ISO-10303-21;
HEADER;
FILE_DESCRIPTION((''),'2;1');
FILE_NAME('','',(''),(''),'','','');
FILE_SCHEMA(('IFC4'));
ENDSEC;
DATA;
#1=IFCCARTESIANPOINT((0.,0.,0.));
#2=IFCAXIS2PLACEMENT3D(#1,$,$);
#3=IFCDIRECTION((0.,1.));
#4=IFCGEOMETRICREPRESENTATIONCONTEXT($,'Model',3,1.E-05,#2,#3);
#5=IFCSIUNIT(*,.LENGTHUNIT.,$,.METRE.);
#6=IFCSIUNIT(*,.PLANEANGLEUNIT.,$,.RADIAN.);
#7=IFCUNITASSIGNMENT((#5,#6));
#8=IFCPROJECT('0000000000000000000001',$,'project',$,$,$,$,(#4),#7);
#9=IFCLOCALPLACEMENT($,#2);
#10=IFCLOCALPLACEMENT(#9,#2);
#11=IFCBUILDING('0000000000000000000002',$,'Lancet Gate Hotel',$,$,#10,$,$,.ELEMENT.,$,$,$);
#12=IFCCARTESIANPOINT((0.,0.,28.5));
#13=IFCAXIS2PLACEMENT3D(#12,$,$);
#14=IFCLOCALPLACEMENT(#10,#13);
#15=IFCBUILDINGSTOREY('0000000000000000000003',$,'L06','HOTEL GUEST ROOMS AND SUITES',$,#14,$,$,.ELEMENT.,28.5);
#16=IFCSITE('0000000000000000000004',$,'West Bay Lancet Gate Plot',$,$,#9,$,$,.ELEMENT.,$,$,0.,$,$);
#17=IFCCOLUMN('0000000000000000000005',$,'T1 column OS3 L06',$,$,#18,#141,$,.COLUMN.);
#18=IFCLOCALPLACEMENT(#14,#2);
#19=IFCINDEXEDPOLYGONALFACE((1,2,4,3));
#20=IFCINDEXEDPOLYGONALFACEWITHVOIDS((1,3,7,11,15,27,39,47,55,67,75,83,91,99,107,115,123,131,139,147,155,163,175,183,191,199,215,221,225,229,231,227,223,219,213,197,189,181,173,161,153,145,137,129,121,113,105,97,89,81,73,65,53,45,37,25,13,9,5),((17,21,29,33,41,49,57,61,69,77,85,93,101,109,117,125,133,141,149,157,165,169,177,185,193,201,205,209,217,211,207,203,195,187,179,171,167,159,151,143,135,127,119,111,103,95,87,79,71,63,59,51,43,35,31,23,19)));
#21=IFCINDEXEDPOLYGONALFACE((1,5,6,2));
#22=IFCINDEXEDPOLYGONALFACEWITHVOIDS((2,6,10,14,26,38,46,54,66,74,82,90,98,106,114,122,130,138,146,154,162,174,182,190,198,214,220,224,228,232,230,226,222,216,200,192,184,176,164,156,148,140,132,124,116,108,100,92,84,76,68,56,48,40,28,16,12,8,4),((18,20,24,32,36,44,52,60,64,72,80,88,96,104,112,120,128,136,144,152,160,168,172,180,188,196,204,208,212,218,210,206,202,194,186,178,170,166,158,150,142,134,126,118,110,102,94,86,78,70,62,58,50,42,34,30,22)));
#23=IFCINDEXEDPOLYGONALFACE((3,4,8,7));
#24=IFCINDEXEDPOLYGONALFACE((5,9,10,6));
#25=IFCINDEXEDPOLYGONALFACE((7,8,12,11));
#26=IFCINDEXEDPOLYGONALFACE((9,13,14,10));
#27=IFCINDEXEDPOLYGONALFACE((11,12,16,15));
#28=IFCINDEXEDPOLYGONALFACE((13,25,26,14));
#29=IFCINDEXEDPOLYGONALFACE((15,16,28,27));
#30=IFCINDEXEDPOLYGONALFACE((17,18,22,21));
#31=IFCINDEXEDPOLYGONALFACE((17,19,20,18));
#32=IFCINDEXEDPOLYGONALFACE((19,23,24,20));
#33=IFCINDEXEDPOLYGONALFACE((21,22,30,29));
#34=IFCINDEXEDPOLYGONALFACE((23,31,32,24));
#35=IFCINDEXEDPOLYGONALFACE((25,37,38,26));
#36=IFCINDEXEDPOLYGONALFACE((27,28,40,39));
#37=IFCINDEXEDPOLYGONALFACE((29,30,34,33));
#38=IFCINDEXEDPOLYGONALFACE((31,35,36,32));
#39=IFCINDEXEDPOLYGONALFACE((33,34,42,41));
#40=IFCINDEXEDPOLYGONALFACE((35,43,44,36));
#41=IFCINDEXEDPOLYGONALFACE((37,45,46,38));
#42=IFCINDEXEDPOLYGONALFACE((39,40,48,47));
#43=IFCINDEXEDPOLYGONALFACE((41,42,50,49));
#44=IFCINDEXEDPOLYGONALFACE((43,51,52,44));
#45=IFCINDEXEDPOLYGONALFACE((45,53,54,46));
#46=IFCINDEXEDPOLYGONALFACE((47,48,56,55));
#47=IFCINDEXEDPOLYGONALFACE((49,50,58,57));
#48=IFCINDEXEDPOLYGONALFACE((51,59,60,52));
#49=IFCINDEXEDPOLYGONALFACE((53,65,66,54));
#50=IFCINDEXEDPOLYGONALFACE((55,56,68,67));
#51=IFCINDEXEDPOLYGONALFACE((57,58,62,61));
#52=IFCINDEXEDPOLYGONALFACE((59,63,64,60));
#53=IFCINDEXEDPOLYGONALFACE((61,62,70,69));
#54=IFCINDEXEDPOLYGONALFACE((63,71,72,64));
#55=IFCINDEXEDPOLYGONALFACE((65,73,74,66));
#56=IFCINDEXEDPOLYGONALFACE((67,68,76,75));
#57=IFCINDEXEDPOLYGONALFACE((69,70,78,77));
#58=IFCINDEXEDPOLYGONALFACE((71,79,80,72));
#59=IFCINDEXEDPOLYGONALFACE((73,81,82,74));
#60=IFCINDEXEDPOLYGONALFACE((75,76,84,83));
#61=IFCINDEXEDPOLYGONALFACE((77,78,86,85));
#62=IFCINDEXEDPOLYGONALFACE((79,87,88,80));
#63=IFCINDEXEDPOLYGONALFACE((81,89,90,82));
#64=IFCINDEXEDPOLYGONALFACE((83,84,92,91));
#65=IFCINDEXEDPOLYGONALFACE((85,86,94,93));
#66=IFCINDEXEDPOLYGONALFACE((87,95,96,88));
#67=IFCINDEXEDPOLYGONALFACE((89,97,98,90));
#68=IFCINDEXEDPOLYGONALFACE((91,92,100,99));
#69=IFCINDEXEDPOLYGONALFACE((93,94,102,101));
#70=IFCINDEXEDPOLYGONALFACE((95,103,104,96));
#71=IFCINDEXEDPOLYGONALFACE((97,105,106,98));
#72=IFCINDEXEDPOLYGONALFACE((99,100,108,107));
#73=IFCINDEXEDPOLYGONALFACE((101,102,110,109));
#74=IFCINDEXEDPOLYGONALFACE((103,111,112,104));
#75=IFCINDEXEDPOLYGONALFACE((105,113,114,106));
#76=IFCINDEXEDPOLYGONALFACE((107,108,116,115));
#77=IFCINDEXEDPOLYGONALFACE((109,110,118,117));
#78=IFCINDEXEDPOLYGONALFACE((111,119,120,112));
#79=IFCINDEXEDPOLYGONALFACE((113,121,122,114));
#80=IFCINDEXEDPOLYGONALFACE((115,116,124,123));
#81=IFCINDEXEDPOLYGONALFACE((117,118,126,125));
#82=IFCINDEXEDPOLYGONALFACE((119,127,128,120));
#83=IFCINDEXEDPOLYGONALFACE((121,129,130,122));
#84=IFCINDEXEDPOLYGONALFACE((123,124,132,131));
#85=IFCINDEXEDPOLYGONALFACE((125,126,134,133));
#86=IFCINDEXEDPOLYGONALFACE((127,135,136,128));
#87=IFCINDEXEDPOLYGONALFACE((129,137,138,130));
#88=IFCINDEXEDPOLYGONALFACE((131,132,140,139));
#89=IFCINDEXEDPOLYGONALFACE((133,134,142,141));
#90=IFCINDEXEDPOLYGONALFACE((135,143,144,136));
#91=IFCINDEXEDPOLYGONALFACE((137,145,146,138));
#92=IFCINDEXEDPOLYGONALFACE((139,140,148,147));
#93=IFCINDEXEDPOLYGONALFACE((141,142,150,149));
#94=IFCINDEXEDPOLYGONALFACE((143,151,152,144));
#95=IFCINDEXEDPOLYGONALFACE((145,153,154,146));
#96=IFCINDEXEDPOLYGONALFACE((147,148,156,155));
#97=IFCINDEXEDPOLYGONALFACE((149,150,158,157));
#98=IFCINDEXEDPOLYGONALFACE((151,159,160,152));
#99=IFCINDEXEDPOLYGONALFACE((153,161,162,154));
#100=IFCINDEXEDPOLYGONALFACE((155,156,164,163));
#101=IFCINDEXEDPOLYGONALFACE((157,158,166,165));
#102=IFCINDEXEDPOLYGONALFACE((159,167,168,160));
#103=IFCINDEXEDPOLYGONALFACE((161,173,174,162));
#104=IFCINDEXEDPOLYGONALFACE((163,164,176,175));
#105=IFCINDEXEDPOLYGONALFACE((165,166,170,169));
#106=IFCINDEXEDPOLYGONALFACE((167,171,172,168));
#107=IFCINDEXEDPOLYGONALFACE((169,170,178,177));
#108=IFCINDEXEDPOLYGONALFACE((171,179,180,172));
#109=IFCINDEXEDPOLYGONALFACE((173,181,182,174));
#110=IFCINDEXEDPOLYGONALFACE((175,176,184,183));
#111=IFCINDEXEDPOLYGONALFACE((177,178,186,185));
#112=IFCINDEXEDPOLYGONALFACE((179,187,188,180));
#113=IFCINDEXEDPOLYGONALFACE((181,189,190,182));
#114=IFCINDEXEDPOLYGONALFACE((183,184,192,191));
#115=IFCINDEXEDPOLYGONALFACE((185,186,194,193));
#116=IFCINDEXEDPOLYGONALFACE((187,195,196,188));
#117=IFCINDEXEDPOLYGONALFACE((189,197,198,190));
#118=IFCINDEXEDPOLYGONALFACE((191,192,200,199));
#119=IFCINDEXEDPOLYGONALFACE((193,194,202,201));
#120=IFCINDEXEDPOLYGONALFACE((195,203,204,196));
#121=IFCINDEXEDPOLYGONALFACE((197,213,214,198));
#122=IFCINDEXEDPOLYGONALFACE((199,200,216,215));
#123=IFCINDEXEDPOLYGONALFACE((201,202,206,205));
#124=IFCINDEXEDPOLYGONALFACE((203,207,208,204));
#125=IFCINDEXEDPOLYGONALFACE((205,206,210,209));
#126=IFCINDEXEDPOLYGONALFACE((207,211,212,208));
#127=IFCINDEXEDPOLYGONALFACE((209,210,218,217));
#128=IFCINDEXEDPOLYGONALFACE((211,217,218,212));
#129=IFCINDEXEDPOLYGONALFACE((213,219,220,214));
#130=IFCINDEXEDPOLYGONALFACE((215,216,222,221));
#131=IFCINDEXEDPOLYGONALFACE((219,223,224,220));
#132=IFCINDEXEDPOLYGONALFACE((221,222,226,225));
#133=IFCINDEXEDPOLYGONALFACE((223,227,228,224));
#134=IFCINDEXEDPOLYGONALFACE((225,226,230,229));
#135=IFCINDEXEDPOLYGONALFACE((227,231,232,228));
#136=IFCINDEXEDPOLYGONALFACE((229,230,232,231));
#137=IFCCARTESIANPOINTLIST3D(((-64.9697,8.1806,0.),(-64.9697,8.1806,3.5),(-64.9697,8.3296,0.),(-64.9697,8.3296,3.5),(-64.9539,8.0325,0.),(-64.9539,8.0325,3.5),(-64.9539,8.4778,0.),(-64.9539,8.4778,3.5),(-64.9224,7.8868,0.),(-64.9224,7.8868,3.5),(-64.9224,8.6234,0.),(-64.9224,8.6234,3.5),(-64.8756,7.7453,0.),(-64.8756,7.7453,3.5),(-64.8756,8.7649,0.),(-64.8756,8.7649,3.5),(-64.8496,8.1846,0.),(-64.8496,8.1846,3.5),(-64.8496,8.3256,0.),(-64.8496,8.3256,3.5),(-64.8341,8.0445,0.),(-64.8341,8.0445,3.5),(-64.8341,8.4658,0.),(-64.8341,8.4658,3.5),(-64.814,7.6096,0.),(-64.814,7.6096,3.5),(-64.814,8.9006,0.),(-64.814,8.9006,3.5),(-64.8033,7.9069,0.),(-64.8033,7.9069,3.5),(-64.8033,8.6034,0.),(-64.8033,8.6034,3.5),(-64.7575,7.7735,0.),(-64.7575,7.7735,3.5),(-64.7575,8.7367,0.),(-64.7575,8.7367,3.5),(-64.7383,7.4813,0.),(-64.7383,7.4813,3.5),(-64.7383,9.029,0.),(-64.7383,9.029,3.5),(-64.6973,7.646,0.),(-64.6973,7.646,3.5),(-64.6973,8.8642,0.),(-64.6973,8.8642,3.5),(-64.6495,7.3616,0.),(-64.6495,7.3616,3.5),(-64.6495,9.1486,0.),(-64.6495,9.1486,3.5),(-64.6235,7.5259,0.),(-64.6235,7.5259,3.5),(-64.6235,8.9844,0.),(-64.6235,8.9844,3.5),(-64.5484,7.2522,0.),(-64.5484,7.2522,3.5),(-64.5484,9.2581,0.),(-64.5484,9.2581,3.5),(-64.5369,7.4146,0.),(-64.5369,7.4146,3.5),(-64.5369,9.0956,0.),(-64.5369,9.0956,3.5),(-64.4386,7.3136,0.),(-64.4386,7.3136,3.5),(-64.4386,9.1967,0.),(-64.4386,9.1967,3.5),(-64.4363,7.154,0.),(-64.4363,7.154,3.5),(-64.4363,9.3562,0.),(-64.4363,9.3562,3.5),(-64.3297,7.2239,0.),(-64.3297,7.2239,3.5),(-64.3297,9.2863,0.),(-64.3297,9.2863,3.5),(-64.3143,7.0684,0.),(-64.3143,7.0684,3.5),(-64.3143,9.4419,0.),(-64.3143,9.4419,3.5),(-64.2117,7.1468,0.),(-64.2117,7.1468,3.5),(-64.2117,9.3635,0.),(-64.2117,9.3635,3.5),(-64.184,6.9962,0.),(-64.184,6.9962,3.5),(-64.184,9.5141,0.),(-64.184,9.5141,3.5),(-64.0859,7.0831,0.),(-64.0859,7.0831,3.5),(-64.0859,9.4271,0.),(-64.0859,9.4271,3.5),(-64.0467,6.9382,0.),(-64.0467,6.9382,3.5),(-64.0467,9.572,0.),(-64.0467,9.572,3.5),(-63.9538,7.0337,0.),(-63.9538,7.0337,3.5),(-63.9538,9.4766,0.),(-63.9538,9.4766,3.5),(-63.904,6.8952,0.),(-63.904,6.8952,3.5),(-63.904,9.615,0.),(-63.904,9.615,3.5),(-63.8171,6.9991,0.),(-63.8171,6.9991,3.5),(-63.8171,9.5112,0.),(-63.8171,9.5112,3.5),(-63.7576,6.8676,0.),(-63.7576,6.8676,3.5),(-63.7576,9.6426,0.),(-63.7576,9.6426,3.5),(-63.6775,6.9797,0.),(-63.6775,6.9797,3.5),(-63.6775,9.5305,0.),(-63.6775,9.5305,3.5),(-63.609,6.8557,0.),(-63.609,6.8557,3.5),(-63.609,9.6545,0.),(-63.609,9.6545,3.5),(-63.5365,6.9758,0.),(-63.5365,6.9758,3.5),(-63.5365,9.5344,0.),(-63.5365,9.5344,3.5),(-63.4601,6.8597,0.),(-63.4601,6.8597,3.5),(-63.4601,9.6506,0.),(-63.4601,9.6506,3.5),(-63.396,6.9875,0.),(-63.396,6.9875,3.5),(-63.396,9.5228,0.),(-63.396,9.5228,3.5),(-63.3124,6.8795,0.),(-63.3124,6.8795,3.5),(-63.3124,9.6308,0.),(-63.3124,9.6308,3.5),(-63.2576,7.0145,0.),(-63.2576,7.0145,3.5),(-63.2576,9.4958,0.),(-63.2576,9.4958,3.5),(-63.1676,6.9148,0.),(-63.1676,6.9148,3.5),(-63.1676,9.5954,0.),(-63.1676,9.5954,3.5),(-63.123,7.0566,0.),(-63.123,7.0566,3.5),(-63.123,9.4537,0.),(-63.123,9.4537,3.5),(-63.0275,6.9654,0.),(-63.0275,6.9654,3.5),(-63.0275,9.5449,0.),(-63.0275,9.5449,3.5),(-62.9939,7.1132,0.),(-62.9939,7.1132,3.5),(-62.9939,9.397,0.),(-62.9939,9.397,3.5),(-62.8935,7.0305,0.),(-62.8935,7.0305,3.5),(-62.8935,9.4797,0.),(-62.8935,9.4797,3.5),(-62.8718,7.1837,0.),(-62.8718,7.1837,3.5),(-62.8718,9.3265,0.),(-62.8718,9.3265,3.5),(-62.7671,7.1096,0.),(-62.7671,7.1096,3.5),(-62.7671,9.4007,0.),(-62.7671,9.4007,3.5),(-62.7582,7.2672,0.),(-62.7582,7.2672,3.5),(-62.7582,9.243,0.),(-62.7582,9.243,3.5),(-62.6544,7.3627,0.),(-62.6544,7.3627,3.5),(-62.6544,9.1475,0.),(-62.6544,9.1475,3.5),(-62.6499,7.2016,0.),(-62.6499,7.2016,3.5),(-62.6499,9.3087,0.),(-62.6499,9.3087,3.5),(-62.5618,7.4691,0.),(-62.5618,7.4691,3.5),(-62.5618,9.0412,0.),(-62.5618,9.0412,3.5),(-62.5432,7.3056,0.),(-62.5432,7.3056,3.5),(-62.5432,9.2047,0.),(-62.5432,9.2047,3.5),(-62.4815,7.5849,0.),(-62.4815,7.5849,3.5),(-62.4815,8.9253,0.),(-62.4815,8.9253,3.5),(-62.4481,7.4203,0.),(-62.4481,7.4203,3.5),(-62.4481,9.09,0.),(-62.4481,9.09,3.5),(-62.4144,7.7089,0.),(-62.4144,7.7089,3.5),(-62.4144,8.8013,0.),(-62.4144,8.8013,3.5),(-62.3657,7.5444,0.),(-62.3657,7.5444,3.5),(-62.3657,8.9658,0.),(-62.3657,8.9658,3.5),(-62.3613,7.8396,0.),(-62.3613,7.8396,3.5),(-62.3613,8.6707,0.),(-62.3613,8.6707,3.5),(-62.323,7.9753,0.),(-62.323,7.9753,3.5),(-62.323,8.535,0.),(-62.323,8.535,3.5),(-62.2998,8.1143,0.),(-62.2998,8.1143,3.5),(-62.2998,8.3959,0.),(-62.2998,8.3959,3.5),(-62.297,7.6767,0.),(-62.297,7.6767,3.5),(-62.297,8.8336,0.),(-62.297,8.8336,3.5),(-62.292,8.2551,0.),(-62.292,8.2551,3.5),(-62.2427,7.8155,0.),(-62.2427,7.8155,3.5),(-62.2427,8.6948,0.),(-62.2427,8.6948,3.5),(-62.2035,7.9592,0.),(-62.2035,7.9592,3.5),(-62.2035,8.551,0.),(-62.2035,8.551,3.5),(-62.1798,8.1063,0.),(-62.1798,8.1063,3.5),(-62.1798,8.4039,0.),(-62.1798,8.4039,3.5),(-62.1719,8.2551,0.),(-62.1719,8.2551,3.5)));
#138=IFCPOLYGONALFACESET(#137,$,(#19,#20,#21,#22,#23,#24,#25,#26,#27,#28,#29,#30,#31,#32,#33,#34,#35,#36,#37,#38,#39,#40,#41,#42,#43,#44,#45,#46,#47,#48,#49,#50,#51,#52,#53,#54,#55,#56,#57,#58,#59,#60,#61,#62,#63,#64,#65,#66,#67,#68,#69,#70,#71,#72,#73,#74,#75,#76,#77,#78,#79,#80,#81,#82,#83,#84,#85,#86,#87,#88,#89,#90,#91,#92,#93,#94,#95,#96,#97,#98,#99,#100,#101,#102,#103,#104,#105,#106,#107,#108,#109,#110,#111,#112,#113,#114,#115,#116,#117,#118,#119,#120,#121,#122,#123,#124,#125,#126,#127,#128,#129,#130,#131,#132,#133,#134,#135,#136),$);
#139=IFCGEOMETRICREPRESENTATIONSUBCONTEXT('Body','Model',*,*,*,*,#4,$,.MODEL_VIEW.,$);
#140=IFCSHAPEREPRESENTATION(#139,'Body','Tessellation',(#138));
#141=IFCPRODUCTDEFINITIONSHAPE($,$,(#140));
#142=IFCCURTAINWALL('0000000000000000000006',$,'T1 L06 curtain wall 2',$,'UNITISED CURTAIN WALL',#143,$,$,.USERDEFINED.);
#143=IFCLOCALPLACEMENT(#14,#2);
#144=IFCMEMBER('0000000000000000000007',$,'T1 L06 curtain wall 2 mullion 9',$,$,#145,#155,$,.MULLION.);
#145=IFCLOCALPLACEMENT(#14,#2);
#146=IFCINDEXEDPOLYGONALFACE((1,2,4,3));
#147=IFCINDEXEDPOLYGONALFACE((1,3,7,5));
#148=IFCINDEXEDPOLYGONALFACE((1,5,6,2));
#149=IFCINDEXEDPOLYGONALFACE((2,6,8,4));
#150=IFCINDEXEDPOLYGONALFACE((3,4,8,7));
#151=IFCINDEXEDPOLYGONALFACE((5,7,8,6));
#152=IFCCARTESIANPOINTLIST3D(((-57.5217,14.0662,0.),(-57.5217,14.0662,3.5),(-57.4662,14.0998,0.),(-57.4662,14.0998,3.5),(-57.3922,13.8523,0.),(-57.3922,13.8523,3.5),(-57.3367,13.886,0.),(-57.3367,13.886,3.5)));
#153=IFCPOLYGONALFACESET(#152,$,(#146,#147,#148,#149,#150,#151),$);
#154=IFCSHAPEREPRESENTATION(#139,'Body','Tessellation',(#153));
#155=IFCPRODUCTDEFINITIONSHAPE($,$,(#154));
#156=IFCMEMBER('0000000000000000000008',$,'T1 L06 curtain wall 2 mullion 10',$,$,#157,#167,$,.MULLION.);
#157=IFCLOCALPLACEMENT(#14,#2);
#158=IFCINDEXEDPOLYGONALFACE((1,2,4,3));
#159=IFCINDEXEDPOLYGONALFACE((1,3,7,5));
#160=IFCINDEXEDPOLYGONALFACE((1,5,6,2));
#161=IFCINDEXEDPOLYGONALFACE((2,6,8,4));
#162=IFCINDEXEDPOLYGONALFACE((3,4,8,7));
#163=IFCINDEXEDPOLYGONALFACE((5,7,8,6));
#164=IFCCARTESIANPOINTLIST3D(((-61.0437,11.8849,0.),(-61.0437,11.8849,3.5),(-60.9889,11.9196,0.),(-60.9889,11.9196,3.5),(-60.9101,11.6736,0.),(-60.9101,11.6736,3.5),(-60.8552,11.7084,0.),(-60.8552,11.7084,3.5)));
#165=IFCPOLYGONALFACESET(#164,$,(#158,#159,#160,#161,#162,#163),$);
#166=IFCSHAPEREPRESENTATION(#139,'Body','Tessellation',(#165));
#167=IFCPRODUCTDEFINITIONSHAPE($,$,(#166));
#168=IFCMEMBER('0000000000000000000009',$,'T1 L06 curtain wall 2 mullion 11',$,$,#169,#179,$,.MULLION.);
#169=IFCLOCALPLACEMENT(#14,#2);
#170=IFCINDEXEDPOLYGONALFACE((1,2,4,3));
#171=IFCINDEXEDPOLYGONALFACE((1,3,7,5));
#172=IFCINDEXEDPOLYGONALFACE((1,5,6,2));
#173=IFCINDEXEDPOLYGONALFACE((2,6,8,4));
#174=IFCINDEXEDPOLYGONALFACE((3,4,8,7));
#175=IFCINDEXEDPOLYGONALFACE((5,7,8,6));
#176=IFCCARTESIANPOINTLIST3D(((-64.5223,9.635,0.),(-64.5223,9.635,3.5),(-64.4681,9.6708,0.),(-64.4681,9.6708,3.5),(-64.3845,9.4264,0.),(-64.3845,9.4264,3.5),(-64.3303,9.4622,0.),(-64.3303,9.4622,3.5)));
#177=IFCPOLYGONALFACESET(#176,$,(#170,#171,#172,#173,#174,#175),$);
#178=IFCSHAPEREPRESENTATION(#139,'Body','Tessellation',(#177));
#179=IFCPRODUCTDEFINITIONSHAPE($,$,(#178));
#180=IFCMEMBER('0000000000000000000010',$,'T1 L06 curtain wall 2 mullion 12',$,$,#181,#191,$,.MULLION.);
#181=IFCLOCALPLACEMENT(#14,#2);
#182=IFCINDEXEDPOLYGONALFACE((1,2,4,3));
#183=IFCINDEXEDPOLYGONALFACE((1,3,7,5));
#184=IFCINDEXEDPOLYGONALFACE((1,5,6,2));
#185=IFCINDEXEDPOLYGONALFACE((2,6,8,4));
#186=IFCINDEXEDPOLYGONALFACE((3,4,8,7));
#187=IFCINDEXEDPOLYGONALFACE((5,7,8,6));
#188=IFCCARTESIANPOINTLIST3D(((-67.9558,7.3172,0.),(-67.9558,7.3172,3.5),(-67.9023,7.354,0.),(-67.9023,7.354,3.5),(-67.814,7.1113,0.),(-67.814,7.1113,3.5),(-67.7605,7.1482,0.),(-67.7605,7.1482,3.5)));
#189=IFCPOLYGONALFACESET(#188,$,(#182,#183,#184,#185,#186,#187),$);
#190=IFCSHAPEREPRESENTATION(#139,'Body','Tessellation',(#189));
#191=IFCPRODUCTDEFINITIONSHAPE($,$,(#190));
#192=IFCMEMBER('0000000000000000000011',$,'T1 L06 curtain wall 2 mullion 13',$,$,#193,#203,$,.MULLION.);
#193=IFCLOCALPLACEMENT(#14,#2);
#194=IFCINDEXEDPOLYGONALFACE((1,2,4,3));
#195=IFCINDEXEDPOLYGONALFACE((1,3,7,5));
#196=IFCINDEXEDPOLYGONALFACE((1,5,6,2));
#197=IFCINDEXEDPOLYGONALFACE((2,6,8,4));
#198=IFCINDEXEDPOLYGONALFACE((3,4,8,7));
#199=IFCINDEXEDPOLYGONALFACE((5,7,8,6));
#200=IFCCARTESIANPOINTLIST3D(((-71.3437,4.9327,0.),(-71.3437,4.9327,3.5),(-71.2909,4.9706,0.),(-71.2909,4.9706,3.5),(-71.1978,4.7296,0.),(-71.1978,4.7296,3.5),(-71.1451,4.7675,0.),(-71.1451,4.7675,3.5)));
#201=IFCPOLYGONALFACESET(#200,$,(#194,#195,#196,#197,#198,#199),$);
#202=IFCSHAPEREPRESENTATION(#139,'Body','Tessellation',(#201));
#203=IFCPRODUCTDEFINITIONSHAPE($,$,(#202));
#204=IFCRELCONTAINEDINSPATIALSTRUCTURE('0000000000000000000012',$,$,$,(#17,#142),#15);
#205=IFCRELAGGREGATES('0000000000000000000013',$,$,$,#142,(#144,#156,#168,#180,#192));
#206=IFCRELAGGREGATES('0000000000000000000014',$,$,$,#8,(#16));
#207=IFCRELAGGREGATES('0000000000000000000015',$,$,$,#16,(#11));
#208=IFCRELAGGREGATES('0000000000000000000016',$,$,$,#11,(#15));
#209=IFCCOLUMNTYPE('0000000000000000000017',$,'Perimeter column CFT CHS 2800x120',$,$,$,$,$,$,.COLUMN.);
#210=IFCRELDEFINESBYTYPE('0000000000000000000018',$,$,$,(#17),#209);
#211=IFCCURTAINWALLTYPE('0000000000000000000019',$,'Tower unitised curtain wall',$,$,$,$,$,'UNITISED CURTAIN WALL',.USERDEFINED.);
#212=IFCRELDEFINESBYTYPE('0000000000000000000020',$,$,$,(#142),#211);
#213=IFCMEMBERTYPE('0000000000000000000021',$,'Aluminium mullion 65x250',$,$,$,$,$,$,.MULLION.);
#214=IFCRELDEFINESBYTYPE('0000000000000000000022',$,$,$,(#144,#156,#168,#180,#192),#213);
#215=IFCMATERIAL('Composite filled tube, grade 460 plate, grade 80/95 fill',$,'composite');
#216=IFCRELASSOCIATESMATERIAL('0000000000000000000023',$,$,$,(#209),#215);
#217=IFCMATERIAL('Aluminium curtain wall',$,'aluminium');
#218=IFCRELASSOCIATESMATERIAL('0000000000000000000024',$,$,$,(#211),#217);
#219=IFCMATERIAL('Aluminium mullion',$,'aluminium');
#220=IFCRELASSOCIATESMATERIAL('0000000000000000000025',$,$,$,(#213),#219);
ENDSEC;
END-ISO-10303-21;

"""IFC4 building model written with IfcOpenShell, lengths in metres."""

from ifc_helpers import new_model, si_unit, direction, frame, origin, origin_2d, place, context, subcontext, project, spatial, rectangle, hollow_circle, extrude, material, material_profile, profile_set, type_object, element, aggregate, save


model = new_model("IFC4")

# Units and contexts
model_context = context("Model", 3, precision=1e-05, world=origin(), true_north=direction((0.0, 1.0)))
body_context = subcontext(model_context, "Body", "Model", "MODEL_VIEW")
ifc_project = project(units=[si_unit("LENGTHUNIT", "METRE"), si_unit("PLANEANGLEUNIT", "RADIAN")], contexts=[model_context])

# Site, building, storey
site_placement = place(None, origin())
site = spatial("IfcSite", under=ifc_project, at=site_placement, Name="West Bay Lancet Gate Plot", CompositionType="ELEMENT", RefElevation=0.0)
building_placement = place(site_placement, origin())
building = spatial("IfcBuilding", under=site, at=building_placement, Name="Lancet Gate Hotel", CompositionType="ELEMENT")
storey_placement = place(building_placement, frame((0.0, 0.0, 28.5)))
storey = spatial("IfcBuildingStorey", under=building, at=storey_placement, Name="L06", Description="HOTEL GUEST ROOMS AND SUITES", CompositionType="ELEMENT", Elevation=28.5)

# Column
ifc_material_1 = material(Name="Composite filled tube, grade 460 plate, grade 80/95 fill", Category="composite")
ifc_material_profile_1 = material_profile(ifc_material_1, hollow_circle(Radius=1.3999, WallThickness=0.1201, at=origin_2d()), Name="CHS 2800x120")
ifc_profile_set_1 = profile_set([ifc_material_profile_1], Name="Composite filled tube, grade 460 plate, grade 80/95 fill")
column_type = type_object("IfcColumnType", Name="Perimeter column CFT CHS 2800x120", PredefinedType="COLUMN", material=ifc_profile_set_1)
column_placement = place(storey_placement, frame((-63.5718, 8.2551, 0.0), z_axis=(0.0, 0.0, 1.0), x_axis=(1.0, 0.0, 0.0)))
element("IfcColumn", 1, at=column_placement, inside=storey, type_object=column_type, Name="T1 column OS3 L06", PredefinedType="COLUMN", context=body_context, shape_type="SweptSolid", body=[
    extrude(hollow_circle(Radius=1.3999, WallThickness=0.1201, at=origin_2d()), origin(), (0.0, 0.0, 1.0), 3.5),
])

# Curtain wall, members
ifc_material_2 = material(Name="Aluminium curtain wall", Category="aluminium")
curtain_wall_type = type_object("IfcCurtainWallType", Name="Tower unitised curtain wall", ElementType="UNITISED CURTAIN WALL", PredefinedType="USERDEFINED", material=ifc_material_2)
curtain_wall_placement = place(storey_placement, origin())
curtain_wall = element("IfcCurtainWall", 2, at=curtain_wall_placement, inside=storey, type_object=curtain_wall_type, Name="T1 L06 curtain wall 2", ObjectType="UNITISED CURTAIN WALL", PredefinedType="USERDEFINED")
ifc_material_3 = material(Name="Aluminium mullion", Category="aluminium")
ifc_material_profile_2 = material_profile(ifc_material_3, rectangle(XDim=0.0649, YDim=0.25, at=origin_2d()), Name="MULLION 65x250")
ifc_profile_set_2 = profile_set([ifc_material_profile_2], Name="Aluminium mullion")
member_type_1 = type_object("IfcMemberType", Name="Aluminium mullion 65x250", PredefinedType="MULLION", material=ifc_profile_set_2)
member_1_placement = place(storey_placement, frame((-57.4292, 13.9761, 0.0), z_axis=(0.0, 0.0, 1.0), x_axis=(-0.855346, -0.518057, 0.0)))
member_1 = element("IfcMember", 3, at=member_1_placement, type_object=member_type_1, Name="T1 L06 curtain wall 2 mullion 9", PredefinedType="MULLION", context=body_context, shape_type="SweptSolid", body=[
    extrude(rectangle(XDim=0.0649, YDim=0.25, at=origin_2d()), origin(), (0.0, 0.0, 1.0), 3.5),
])
member_2_placement = place(storey_placement, frame((-60.9495, 11.7966, 0.0), z_axis=(0.0, 0.0, 1.0), x_axis=(-0.845029, -0.53472, 0.0)))
member_2 = element("IfcMember", 4, at=member_2_placement, type_object=member_type_1, Name="T1 L06 curtain wall 2 mullion 10", PredefinedType="MULLION", context=body_context, shape_type="SweptSolid", body=[
    extrude(rectangle(XDim=0.0649, YDim=0.25, at=origin_2d()), origin(), (0.0, 0.0, 1.0), 3.5),
])
member_3_placement = place(storey_placement, frame((-64.4263, 9.5486, 0.0), z_axis=(0.0, 0.0, 1.0), x_axis=(-0.834387, -0.551178, 0.0)))
member_3 = element("IfcMember", 5, at=member_3_placement, type_object=member_type_1, Name="T1 L06 curtain wall 2 mullion 11", PredefinedType="MULLION", context=body_context, shape_type="SweptSolid", body=[
    extrude(rectangle(XDim=0.0649, YDim=0.25, at=origin_2d()), origin(), (0.0, 0.0, 1.0), 3.5),
])
member_4_placement = place(storey_placement, frame((-67.8582, 7.2327, 0.0), z_axis=(0.0, 0.0, 1.0), x_axis=(-0.823425, -0.567425, 0.0)))
member_4 = element("IfcMember", 6, at=member_4_placement, type_object=member_type_1, Name="T1 L06 curtain wall 2 mullion 12", PredefinedType="MULLION", context=body_context, shape_type="SweptSolid", body=[
    extrude(rectangle(XDim=0.0649, YDim=0.25, at=origin_2d()), origin(), (0.0, 0.0, 1.0), 3.5),
])
member_5_placement = place(storey_placement, frame((-71.2444, 4.8501, 0.0), z_axis=(0.0, 0.0, 1.0), x_axis=(-0.812147, -0.583453, 0.0)))
member_5 = element("IfcMember", 7, at=member_5_placement, type_object=member_type_1, Name="T1 L06 curtain wall 2 mullion 13", PredefinedType="MULLION", context=body_context, shape_type="SweptSolid", body=[
    extrude(rectangle(XDim=0.0649, YDim=0.25, at=origin_2d()), origin(), (0.0, 0.0, 1.0), 3.5),
])

aggregate(curtain_wall, [member_1, member_2, member_3, member_4, member_5])

save(model, "model.ifc")
